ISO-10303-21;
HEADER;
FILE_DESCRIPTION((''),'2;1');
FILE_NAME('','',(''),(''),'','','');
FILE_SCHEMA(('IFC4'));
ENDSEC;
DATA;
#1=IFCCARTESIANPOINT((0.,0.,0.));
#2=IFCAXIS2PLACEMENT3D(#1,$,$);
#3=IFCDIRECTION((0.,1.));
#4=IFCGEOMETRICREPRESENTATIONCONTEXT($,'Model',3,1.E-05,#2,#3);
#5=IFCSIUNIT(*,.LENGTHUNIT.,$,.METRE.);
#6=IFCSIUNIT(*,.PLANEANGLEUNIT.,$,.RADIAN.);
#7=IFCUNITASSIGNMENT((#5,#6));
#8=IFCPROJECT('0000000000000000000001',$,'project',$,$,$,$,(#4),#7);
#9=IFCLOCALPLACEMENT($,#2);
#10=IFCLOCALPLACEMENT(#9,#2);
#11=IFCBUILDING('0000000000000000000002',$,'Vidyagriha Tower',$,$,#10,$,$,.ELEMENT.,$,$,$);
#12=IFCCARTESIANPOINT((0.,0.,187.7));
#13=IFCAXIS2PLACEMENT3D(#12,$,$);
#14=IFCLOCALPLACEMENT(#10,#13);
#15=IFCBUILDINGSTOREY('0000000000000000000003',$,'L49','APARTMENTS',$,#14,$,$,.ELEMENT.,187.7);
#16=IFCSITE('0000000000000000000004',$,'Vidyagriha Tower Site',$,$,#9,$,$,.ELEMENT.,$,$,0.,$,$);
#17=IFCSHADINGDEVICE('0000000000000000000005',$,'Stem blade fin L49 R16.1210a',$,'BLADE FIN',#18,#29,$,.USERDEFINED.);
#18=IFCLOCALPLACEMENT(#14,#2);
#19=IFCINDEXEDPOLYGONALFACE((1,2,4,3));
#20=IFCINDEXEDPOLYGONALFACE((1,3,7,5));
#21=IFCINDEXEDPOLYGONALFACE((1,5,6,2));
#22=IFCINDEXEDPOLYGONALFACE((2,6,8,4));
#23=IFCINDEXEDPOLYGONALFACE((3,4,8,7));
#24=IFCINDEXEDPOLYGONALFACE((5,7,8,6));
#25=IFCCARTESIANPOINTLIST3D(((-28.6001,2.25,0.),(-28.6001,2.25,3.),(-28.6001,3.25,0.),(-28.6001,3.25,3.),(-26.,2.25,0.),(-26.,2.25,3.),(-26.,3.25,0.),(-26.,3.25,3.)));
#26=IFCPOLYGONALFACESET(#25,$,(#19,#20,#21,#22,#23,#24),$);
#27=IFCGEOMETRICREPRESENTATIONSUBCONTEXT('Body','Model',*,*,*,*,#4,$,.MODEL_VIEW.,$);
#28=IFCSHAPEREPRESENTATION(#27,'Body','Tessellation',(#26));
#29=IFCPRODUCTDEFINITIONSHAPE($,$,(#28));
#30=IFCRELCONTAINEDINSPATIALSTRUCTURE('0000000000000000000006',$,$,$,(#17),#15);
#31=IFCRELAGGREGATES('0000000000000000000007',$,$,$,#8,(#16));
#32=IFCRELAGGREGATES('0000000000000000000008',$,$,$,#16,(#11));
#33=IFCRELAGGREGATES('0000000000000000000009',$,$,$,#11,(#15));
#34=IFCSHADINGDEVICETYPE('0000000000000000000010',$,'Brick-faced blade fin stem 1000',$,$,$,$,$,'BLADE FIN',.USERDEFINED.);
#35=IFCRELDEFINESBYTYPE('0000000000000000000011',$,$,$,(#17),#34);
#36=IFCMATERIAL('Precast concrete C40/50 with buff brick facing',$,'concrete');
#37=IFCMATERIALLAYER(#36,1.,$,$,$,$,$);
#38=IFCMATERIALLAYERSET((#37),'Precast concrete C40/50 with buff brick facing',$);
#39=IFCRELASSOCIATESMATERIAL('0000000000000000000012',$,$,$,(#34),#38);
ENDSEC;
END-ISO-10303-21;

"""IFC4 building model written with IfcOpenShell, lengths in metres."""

from ifc_helpers import new_model, si_unit, direction, frame, origin, place, context, subcontext, project, spatial, polyline, outline, extrude, material, layer, layer_set, type_object, element, save


model = new_model("IFC4")

# Units and contexts
model_context = context("Model", 3, precision=1e-05, world=origin(), true_north=direction((0.0, 1.0)))
body_context = subcontext(model_context, "Body", "Model", "MODEL_VIEW")
ifc_project = project(units=[si_unit("LENGTHUNIT", "METRE"), si_unit("PLANEANGLEUNIT", "RADIAN")], contexts=[model_context])

# Site, building, storey
site_placement = place(None, origin())
site = spatial("IfcSite", under=ifc_project, at=site_placement, Name="Vidyagriha Tower Site", CompositionType="ELEMENT", RefElevation=0.0)
building_placement = place(site_placement, origin())
building = spatial("IfcBuilding", under=site, at=building_placement, Name="Vidyagriha Tower", CompositionType="ELEMENT")
storey_placement = place(building_placement, frame((0.0, 0.0, 187.7)))
storey = spatial("IfcBuildingStorey", under=building, at=storey_placement, Name="L49", Description="APARTMENTS", CompositionType="ELEMENT", Elevation=187.7)

# Shading device
ifc_material_1 = material(Name="Precast concrete C40/50 with buff brick facing", Category="concrete")
ifc_layer_1 = layer(ifc_material_1, 1.0)
ifc_layer_set_1 = layer_set([ifc_layer_1], Name="Precast concrete C40/50 with buff brick facing")
shading_device_type_1 = type_object("IfcShadingDeviceType", Name="Brick-faced blade fin stem 1000", ElementType="BLADE FIN", PredefinedType="USERDEFINED", material=ifc_layer_set_1)
shading_device_1_placement = place(storey_placement, frame((-27.3, 3.25, 0.0), z_axis=(0.0, 0.0, 1.0), x_axis=(0.0, -1.0, 0.0)))
element("IfcShadingDevice", 1, at=shading_device_1_placement, inside=storey, type_object=shading_device_type_1, Name="Stem blade fin L49 R16.1210a", ObjectType="BLADE FIN", PredefinedType="USERDEFINED", context=body_context, shape_type="SweptSolid", body=[
    extrude(outline(polyline([(0.0, 0.0), (1.0, 0.0), (1.0, 3.0), (0.0, 3.0), (0.0, 0.0)])), frame((0.0, 1.3, 0.0), z_axis=(0.0, -1.0, 0.0), x_axis=(1.0, 0.0, 0.0)), (0.0, 0.0, 1.0), 2.6001),
])

save(model, "model.ifc")
